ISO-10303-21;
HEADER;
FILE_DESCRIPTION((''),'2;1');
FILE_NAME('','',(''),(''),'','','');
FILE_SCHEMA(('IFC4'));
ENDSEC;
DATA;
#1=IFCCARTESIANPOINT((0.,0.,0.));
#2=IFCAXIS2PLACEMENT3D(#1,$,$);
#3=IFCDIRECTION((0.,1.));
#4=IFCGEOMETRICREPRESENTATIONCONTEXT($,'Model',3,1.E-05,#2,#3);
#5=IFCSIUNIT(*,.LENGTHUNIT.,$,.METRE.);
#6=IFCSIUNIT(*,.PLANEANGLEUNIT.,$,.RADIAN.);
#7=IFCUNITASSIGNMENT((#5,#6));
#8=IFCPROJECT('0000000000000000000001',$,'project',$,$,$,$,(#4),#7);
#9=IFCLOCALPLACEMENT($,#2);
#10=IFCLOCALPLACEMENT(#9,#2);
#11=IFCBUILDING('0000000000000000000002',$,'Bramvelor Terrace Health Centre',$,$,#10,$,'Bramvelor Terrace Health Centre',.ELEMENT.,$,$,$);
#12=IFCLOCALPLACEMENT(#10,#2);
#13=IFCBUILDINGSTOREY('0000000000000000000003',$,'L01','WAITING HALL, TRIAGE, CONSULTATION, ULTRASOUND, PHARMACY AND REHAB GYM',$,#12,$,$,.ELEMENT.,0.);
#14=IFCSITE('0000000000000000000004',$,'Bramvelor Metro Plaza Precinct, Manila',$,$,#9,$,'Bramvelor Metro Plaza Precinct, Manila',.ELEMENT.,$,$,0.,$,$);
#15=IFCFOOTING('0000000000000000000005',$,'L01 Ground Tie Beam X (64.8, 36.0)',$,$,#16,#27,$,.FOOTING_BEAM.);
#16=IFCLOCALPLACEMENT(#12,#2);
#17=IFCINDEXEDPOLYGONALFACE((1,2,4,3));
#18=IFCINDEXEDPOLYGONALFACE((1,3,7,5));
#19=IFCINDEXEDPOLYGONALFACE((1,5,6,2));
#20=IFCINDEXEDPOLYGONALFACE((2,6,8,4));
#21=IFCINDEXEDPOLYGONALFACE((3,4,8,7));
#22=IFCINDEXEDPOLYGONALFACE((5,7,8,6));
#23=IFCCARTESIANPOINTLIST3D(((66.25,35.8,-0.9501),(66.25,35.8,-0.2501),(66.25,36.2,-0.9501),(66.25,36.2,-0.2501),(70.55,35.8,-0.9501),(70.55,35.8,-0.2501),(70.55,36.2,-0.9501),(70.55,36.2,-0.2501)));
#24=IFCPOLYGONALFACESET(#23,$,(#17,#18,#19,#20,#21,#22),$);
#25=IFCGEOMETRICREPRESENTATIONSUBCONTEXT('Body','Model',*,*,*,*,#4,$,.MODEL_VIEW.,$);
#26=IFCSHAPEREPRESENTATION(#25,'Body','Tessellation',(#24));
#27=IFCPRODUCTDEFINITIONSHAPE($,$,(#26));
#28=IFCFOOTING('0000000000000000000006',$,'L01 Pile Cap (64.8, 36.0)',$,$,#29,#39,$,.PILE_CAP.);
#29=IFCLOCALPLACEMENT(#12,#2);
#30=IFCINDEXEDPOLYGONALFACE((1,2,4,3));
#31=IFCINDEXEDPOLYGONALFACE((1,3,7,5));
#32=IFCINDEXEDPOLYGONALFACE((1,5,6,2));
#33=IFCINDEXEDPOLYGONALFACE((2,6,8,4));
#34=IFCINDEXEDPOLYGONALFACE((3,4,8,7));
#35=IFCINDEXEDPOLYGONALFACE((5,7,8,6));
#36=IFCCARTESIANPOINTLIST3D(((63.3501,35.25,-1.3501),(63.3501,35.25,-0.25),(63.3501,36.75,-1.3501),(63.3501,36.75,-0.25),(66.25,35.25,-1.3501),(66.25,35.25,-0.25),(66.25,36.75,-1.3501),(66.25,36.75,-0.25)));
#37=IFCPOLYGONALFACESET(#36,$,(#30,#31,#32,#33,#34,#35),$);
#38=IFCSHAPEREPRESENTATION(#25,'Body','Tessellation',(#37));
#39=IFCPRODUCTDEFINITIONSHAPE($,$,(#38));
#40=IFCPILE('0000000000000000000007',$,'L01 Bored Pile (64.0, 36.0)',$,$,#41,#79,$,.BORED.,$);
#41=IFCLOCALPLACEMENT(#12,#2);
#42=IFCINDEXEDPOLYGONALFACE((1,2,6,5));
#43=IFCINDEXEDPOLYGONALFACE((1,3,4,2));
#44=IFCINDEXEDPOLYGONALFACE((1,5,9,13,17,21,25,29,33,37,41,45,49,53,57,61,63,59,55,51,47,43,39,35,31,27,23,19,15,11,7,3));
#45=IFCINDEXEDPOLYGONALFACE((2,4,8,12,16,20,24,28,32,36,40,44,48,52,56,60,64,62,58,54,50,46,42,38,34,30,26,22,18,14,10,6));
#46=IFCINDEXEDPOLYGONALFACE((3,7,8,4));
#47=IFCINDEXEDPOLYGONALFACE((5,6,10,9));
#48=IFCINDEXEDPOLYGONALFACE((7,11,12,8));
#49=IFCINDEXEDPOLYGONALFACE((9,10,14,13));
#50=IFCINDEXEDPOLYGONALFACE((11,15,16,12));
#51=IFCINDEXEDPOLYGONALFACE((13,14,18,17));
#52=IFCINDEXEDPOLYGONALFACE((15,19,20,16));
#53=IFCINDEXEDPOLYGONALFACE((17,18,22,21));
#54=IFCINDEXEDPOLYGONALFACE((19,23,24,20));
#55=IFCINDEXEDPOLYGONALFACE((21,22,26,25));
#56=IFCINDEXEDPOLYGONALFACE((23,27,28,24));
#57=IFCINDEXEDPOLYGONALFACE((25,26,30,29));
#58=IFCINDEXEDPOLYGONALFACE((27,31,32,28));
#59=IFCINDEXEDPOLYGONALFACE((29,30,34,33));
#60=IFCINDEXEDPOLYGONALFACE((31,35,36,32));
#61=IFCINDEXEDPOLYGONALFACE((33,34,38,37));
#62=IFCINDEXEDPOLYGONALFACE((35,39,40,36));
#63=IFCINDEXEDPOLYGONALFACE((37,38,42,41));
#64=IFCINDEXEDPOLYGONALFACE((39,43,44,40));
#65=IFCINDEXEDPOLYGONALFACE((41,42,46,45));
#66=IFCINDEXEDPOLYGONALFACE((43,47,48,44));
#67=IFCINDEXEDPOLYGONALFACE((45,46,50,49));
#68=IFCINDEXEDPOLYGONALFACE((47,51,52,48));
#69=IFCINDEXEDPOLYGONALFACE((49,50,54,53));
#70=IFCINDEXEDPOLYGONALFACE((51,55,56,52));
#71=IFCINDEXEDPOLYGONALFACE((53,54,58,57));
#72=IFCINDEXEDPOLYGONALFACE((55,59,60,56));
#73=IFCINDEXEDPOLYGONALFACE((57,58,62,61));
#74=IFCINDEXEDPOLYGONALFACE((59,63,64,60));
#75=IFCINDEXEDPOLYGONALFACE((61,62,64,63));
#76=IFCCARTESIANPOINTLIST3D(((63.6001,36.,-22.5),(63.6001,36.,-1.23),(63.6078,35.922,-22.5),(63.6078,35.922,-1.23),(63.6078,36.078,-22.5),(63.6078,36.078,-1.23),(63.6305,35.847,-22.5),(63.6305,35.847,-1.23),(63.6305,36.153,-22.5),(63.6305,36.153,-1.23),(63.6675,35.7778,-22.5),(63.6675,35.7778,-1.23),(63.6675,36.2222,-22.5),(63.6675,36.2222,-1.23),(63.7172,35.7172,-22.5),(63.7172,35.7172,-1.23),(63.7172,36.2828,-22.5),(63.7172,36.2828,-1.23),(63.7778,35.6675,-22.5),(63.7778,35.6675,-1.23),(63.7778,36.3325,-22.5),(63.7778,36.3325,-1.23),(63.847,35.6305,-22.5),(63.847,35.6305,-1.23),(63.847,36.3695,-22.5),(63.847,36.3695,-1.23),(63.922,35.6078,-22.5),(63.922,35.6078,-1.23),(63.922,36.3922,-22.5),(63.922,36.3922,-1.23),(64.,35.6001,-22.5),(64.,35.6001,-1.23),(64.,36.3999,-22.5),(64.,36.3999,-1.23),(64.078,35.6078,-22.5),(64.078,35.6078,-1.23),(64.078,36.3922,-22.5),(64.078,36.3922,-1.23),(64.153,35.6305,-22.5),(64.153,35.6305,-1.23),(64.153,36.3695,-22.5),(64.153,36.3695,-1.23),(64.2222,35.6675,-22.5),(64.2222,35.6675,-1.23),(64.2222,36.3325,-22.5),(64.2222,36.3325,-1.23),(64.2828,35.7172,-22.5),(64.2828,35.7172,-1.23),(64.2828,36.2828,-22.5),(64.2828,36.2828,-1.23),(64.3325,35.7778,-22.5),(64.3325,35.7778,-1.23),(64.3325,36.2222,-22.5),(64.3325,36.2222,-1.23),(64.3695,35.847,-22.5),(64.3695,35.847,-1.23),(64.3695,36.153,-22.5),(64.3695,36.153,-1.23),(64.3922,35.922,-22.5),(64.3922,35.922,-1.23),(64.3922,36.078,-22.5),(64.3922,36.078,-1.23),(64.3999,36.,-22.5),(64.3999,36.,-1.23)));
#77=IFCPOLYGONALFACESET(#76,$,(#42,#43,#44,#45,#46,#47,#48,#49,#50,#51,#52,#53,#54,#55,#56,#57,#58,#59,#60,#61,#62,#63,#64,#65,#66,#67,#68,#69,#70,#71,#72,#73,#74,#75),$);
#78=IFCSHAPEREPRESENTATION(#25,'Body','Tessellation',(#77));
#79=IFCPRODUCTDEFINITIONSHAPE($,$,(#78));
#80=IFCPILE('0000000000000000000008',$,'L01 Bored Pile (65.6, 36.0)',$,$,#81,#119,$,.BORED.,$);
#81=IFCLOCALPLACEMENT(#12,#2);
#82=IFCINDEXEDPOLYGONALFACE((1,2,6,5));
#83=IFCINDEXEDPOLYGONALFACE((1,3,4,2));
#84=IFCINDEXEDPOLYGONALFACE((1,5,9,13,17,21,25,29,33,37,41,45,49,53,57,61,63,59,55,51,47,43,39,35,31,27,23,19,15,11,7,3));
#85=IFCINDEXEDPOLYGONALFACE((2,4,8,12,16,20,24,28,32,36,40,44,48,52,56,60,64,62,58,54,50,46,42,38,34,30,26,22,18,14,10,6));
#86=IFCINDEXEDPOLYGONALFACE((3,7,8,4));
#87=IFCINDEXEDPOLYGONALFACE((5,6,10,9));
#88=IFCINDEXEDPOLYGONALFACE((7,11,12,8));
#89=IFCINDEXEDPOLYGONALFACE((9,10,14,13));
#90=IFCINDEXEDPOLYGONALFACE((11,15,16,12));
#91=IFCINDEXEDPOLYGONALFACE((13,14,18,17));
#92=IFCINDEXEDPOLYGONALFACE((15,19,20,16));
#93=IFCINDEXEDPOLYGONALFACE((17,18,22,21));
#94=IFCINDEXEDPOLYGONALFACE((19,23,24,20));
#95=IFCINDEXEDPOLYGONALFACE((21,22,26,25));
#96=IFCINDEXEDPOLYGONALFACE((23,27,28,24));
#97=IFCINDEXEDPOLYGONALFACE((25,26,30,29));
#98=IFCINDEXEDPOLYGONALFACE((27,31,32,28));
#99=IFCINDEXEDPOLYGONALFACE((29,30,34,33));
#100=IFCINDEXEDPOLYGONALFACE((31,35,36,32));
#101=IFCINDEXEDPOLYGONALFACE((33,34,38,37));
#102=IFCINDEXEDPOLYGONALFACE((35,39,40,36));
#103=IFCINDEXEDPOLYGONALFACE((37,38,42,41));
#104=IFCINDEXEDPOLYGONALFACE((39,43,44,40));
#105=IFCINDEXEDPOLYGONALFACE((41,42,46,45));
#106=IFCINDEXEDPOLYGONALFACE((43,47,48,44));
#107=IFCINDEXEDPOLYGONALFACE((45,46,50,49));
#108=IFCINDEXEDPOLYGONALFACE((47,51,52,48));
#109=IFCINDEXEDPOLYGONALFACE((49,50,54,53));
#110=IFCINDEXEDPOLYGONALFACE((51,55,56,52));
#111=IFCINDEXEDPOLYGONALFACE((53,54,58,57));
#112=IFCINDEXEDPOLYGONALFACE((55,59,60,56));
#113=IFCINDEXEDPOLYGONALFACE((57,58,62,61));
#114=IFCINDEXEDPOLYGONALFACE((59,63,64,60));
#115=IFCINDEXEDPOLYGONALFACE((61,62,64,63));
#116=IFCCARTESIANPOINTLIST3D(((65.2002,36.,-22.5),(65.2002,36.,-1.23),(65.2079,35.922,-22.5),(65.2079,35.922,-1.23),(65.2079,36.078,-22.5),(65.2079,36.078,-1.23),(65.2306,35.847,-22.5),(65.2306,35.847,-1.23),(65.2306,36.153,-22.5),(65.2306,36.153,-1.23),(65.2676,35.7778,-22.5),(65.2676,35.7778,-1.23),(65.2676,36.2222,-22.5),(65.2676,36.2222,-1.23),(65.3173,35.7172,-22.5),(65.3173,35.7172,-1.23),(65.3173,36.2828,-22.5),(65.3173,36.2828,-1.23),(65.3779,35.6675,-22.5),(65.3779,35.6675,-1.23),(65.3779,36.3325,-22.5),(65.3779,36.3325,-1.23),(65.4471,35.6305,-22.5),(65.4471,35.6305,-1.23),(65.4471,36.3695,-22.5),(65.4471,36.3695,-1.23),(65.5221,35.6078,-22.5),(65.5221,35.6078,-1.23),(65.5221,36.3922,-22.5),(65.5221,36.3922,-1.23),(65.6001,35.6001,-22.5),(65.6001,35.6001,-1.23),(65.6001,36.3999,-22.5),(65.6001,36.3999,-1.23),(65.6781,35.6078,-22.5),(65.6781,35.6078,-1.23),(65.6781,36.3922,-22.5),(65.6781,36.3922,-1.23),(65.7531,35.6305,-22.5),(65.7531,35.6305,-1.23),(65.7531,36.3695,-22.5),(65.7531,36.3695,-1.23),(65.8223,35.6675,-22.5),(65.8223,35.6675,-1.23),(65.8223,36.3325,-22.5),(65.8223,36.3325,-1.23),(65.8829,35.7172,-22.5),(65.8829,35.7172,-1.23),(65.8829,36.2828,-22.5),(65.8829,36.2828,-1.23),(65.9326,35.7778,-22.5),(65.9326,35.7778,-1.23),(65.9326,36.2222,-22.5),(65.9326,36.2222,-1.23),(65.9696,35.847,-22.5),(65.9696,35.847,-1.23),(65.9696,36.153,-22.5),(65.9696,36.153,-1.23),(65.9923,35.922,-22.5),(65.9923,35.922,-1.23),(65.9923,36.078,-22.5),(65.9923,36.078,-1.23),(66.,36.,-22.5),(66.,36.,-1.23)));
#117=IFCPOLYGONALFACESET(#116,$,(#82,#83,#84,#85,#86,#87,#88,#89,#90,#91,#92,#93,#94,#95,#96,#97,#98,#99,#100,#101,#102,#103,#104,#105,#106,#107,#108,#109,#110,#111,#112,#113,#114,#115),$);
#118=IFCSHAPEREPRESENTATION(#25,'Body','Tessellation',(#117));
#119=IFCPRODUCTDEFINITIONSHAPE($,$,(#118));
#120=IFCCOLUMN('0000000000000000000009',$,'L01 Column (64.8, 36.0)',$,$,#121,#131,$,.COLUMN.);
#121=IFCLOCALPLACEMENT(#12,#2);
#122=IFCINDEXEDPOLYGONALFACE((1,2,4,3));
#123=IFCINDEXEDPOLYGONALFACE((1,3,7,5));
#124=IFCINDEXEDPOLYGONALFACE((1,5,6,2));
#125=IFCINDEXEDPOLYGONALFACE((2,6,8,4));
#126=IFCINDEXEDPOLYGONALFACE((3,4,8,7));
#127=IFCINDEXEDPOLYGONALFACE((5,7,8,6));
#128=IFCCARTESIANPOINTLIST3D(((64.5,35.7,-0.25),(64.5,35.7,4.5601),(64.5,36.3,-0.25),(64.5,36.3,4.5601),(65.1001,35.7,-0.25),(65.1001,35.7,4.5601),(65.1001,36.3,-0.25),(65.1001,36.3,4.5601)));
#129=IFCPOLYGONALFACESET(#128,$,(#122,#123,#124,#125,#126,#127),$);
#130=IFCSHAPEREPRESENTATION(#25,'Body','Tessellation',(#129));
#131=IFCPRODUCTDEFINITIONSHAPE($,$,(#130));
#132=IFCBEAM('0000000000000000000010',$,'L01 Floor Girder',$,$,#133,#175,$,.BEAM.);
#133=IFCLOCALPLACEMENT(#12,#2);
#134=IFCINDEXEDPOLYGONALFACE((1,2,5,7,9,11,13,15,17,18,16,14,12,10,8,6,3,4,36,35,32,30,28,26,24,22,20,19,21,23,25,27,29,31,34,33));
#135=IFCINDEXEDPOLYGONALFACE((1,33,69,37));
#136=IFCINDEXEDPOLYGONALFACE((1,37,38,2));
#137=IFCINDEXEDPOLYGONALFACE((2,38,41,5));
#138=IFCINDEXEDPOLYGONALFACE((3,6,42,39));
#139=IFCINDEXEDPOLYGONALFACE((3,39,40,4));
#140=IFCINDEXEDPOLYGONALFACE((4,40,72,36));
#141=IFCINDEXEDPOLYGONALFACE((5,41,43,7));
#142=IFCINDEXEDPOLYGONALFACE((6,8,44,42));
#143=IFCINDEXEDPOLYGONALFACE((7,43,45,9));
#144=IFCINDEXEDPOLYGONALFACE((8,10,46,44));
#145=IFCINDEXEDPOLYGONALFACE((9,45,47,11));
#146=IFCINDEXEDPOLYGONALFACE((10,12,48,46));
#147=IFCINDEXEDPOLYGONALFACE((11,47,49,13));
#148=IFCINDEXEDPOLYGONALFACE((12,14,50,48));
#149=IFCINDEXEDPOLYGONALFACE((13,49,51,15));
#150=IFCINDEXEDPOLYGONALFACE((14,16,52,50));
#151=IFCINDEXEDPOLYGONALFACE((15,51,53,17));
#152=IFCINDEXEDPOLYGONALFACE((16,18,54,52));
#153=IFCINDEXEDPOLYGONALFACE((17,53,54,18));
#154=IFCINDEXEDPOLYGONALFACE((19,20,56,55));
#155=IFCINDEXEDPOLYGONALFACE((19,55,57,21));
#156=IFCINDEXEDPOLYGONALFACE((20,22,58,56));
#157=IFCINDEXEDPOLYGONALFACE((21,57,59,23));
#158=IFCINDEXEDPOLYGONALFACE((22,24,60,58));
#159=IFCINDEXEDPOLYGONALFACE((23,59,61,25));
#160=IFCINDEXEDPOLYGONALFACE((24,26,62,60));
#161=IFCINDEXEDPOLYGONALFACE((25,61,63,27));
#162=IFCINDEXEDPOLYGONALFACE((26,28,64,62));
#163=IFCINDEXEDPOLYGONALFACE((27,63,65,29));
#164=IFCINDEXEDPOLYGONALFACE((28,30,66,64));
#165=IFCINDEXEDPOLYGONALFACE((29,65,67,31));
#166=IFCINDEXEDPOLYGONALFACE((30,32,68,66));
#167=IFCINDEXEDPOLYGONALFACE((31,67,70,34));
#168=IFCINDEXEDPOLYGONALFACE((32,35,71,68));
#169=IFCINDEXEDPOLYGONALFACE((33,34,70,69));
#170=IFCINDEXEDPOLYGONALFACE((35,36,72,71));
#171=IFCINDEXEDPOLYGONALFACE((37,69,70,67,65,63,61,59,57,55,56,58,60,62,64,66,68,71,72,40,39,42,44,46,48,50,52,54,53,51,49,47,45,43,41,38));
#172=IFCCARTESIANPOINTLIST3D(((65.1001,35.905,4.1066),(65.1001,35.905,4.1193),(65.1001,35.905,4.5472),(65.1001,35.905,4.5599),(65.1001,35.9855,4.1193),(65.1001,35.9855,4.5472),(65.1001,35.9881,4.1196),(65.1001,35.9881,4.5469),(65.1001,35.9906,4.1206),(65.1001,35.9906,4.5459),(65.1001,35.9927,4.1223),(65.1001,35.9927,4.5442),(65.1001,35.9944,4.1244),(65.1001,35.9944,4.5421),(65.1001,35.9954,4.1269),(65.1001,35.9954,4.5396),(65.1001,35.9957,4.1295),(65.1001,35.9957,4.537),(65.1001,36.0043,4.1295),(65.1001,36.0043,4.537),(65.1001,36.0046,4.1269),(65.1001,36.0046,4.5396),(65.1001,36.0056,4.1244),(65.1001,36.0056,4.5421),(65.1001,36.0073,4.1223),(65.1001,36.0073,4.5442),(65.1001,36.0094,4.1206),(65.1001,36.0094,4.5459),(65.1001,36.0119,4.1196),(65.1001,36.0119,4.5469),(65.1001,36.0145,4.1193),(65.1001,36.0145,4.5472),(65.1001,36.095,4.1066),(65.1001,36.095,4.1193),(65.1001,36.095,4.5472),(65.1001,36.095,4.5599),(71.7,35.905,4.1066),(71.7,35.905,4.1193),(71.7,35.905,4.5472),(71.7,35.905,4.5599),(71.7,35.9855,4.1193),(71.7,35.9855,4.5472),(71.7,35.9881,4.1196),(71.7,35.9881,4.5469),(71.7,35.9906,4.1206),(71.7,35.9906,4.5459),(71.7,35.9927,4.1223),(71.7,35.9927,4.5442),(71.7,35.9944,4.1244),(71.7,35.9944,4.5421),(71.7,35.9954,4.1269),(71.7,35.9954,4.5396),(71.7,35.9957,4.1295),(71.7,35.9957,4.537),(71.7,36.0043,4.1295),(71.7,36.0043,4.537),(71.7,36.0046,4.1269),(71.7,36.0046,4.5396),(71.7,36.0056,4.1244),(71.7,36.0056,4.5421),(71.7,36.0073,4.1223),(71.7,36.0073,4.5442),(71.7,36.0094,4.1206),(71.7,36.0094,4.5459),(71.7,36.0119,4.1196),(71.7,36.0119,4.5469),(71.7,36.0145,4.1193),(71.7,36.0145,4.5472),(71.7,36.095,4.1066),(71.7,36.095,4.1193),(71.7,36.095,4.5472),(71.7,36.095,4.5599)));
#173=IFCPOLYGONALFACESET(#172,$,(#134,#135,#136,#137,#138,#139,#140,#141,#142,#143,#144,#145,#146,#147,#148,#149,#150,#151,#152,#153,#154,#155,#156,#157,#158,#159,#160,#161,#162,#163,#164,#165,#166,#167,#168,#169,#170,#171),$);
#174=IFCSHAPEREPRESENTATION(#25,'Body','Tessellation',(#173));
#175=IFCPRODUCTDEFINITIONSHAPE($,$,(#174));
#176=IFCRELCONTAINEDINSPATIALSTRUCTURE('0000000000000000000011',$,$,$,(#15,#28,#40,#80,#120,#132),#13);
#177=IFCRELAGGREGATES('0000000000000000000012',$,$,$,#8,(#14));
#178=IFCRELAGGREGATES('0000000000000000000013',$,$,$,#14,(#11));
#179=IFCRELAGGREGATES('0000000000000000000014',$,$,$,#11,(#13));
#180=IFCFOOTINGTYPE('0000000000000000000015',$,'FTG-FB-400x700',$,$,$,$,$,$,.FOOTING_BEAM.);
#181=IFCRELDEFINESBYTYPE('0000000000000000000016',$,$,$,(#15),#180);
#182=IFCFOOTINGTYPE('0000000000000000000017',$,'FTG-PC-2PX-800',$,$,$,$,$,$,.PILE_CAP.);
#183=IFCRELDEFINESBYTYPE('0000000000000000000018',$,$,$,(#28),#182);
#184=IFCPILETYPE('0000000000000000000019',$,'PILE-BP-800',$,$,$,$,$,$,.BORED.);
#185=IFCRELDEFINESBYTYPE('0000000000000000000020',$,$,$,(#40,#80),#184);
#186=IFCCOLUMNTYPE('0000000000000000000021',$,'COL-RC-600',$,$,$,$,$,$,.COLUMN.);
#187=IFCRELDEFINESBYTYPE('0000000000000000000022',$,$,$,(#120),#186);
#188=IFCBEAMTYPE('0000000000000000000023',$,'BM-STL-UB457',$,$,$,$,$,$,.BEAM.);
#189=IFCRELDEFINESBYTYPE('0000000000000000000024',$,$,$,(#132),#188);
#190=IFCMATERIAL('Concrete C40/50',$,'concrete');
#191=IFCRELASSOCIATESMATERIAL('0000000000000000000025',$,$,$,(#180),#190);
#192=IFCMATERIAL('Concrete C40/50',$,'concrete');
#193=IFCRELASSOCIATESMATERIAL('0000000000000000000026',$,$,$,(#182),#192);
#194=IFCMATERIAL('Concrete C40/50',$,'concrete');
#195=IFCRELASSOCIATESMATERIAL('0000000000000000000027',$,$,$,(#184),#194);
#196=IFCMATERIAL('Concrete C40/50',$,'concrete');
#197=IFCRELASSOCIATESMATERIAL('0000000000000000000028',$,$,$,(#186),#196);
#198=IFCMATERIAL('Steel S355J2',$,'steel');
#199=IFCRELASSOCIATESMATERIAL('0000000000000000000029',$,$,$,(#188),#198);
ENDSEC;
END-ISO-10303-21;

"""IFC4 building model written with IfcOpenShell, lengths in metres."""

from ifc_helpers import new_model, si_unit, direction, frame, origin, origin_2d, place, context, subcontext, project, spatial, rectangle, circle, i_section, extrude, material, material_profile, profile_set, type_object, element, save


model = new_model("IFC4")

# Units and contexts
model_context = context("Model", 3, precision=1e-05, world=origin(), true_north=direction((0.0, 1.0)))
body_context = subcontext(model_context, "Body", "Model", "MODEL_VIEW")
ifc_project = project(units=[si_unit("LENGTHUNIT", "METRE"), si_unit("PLANEANGLEUNIT", "RADIAN")], contexts=[model_context])

# Site, building, storey
site_placement = place(None, origin())
site = spatial("IfcSite", under=ifc_project, at=site_placement, Name="Bramvelor Metro Plaza Precinct, Manila", LongName="Bramvelor Metro Plaza Precinct, Manila", CompositionType="ELEMENT", RefElevation=0.0)
building_placement = place(site_placement, origin())
building = spatial("IfcBuilding", under=site, at=building_placement, Name="Bramvelor Terrace Health Centre", LongName="Bramvelor Terrace Health Centre", CompositionType="ELEMENT")
storey_placement = place(building_placement, origin())
storey = spatial("IfcBuildingStorey", under=building, at=storey_placement, Name="L01", Description="WAITING HALL, TRIAGE, CONSULTATION, ULTRASOUND, PHARMACY AND REHAB GYM", CompositionType="ELEMENT", Elevation=0.0)

# Footings
ifc_material_1 = material(Name="Concrete C40/50", Category="concrete")
ifc_material_profile_1 = material_profile(ifc_material_1, rectangle(XDim=0.3999, YDim=0.7, at=origin_2d()), Name="RC 400x700")
ifc_profile_set_1 = profile_set([ifc_material_profile_1], Name="Concrete C40/50")
footing_type_1 = type_object("IfcFootingType", Name="FTG-FB-400x700", PredefinedType="FOOTING_BEAM", material=ifc_profile_set_1)
footing_1_placement = place(storey_placement, frame((66.25, 36.0, -0.6001), z_axis=(1.0, 0.0, 0.0), x_axis=(0.0, 1.0, 0.0)))
element("IfcFooting", 1, at=footing_1_placement, inside=storey, type_object=footing_type_1, Name="L01 Ground Tie Beam X (64.8, 36.0)", PredefinedType="FOOTING_BEAM", context=body_context, shape_type="SweptSolid", body=[
    extrude(rectangle(XDim=0.3999, YDim=0.7, at=origin_2d()), origin(), (0.0, 0.0, 1.0), 4.3),
])
ifc_material_2 = material(Name="Concrete C40/50", Category="concrete")
footing_type_2 = type_object("IfcFootingType", Name="FTG-PC-2PX-800", PredefinedType="PILE_CAP", material=ifc_material_2)
footing_2_placement = place(storey_placement, frame((64.8, 36.0, -1.3501), z_axis=(0.0, 0.0, 1.0), x_axis=(1.0, 0.0, 0.0)))
element("IfcFooting", 2, at=footing_2_placement, inside=storey, type_object=footing_type_2, Name="L01 Pile Cap (64.8, 36.0)", PredefinedType="PILE_CAP", context=body_context, shape_type="SweptSolid", body=[
    extrude(rectangle(XDim=2.8999, YDim=1.5, at=origin_2d()), origin(), (0.0, 0.0, 1.0), 1.1001),
])

# Piles
ifc_material_3 = material(Name="Concrete C40/50", Category="concrete")
ifc_material_profile_2 = material_profile(ifc_material_3, circle(Radius=0.3999, at=origin_2d()), Name="BP D800")
ifc_profile_set_2 = profile_set([ifc_material_profile_2], Name="Concrete C40/50")
pile_type = type_object("IfcPileType", Name="PILE-BP-800", PredefinedType="BORED", material=ifc_profile_set_2)
for number, where, z_axis, x_axis, name in (
    (3, (64.0, 36.0, -1.23), (0.0, 0.0, -1.0), (1.0, 0.0, 0.0), "L01 Bored Pile (64.0, 36.0)"),
    (4, (65.6001, 36.0, -1.23), (0.0, 0.0, -1.0), (1.0, 0.0, 0.0), "L01 Bored Pile (65.6, 36.0)"),
):
    element("IfcPile", number, at=place(storey_placement, frame(where, z_axis=z_axis, x_axis=x_axis)), inside=storey, type_object=pile_type, Name=name, PredefinedType="BORED", context=body_context, shape_type="SweptSolid", body=[
        extrude(circle(Radius=0.3999, at=origin_2d()), origin(), (0.0, 0.0, 1.0), 21.27),
    ])

# Column
ifc_material_4 = material(Name="Concrete C40/50", Category="concrete")
ifc_material_profile_3 = material_profile(ifc_material_4, rectangle(XDim=0.6001, YDim=0.6001, at=origin_2d()), Name="RC 600x600")
ifc_profile_set_3 = profile_set([ifc_material_profile_3], Name="Concrete C40/50")
column_type = type_object("IfcColumnType", Name="COL-RC-600", PredefinedType="COLUMN", material=ifc_profile_set_3)
column_placement = place(storey_placement, frame((64.8, 36.0, -0.25), z_axis=(0.0, 0.0, 1.0), x_axis=(1.0, 0.0, 0.0)))
element("IfcColumn", 5, at=column_placement, inside=storey, type_object=column_type, Name="L01 Column (64.8, 36.0)", PredefinedType="COLUMN", context=body_context, shape_type="SweptSolid", body=[
    extrude(rectangle(XDim=0.6001, YDim=0.6001, at=origin_2d()), origin(), (0.0, 0.0, 1.0), 4.8101),
])

# Beam
ifc_material_5 = material(Name="Steel S355J2", Category="steel")
ifc_material_profile_4 = material_profile(ifc_material_5, i_section(OverallWidth=0.1899, OverallDepth=0.4534, WebThickness=0.0085, FlangeThickness=0.0127, FilletRadius=0.0103, at=origin_2d()), Name="UB 457x191x67")
ifc_profile_set_4 = profile_set([ifc_material_profile_4], Name="Steel S355J2")
beam_type = type_object("IfcBeamType", Name="BM-STL-UB457", PredefinedType="BEAM", material=ifc_profile_set_4)
beam_placement = place(storey_placement, frame((65.1001, 36.0, 4.3333), z_axis=(1.0, 0.0, 0.0), x_axis=(0.0, 1.0, 0.0)))
element("IfcBeam", 6, at=beam_placement, inside=storey, type_object=beam_type, Name="L01 Floor Girder", PredefinedType="BEAM", context=body_context, shape_type="SweptSolid", body=[
    extrude(i_section(OverallWidth=0.1899, OverallDepth=0.4534, WebThickness=0.0085, FlangeThickness=0.0127, FilletRadius=0.0103, at=origin_2d()), origin(), (0.0, 0.0, 1.0), 6.5999),
])

save(model, "model.ifc")
